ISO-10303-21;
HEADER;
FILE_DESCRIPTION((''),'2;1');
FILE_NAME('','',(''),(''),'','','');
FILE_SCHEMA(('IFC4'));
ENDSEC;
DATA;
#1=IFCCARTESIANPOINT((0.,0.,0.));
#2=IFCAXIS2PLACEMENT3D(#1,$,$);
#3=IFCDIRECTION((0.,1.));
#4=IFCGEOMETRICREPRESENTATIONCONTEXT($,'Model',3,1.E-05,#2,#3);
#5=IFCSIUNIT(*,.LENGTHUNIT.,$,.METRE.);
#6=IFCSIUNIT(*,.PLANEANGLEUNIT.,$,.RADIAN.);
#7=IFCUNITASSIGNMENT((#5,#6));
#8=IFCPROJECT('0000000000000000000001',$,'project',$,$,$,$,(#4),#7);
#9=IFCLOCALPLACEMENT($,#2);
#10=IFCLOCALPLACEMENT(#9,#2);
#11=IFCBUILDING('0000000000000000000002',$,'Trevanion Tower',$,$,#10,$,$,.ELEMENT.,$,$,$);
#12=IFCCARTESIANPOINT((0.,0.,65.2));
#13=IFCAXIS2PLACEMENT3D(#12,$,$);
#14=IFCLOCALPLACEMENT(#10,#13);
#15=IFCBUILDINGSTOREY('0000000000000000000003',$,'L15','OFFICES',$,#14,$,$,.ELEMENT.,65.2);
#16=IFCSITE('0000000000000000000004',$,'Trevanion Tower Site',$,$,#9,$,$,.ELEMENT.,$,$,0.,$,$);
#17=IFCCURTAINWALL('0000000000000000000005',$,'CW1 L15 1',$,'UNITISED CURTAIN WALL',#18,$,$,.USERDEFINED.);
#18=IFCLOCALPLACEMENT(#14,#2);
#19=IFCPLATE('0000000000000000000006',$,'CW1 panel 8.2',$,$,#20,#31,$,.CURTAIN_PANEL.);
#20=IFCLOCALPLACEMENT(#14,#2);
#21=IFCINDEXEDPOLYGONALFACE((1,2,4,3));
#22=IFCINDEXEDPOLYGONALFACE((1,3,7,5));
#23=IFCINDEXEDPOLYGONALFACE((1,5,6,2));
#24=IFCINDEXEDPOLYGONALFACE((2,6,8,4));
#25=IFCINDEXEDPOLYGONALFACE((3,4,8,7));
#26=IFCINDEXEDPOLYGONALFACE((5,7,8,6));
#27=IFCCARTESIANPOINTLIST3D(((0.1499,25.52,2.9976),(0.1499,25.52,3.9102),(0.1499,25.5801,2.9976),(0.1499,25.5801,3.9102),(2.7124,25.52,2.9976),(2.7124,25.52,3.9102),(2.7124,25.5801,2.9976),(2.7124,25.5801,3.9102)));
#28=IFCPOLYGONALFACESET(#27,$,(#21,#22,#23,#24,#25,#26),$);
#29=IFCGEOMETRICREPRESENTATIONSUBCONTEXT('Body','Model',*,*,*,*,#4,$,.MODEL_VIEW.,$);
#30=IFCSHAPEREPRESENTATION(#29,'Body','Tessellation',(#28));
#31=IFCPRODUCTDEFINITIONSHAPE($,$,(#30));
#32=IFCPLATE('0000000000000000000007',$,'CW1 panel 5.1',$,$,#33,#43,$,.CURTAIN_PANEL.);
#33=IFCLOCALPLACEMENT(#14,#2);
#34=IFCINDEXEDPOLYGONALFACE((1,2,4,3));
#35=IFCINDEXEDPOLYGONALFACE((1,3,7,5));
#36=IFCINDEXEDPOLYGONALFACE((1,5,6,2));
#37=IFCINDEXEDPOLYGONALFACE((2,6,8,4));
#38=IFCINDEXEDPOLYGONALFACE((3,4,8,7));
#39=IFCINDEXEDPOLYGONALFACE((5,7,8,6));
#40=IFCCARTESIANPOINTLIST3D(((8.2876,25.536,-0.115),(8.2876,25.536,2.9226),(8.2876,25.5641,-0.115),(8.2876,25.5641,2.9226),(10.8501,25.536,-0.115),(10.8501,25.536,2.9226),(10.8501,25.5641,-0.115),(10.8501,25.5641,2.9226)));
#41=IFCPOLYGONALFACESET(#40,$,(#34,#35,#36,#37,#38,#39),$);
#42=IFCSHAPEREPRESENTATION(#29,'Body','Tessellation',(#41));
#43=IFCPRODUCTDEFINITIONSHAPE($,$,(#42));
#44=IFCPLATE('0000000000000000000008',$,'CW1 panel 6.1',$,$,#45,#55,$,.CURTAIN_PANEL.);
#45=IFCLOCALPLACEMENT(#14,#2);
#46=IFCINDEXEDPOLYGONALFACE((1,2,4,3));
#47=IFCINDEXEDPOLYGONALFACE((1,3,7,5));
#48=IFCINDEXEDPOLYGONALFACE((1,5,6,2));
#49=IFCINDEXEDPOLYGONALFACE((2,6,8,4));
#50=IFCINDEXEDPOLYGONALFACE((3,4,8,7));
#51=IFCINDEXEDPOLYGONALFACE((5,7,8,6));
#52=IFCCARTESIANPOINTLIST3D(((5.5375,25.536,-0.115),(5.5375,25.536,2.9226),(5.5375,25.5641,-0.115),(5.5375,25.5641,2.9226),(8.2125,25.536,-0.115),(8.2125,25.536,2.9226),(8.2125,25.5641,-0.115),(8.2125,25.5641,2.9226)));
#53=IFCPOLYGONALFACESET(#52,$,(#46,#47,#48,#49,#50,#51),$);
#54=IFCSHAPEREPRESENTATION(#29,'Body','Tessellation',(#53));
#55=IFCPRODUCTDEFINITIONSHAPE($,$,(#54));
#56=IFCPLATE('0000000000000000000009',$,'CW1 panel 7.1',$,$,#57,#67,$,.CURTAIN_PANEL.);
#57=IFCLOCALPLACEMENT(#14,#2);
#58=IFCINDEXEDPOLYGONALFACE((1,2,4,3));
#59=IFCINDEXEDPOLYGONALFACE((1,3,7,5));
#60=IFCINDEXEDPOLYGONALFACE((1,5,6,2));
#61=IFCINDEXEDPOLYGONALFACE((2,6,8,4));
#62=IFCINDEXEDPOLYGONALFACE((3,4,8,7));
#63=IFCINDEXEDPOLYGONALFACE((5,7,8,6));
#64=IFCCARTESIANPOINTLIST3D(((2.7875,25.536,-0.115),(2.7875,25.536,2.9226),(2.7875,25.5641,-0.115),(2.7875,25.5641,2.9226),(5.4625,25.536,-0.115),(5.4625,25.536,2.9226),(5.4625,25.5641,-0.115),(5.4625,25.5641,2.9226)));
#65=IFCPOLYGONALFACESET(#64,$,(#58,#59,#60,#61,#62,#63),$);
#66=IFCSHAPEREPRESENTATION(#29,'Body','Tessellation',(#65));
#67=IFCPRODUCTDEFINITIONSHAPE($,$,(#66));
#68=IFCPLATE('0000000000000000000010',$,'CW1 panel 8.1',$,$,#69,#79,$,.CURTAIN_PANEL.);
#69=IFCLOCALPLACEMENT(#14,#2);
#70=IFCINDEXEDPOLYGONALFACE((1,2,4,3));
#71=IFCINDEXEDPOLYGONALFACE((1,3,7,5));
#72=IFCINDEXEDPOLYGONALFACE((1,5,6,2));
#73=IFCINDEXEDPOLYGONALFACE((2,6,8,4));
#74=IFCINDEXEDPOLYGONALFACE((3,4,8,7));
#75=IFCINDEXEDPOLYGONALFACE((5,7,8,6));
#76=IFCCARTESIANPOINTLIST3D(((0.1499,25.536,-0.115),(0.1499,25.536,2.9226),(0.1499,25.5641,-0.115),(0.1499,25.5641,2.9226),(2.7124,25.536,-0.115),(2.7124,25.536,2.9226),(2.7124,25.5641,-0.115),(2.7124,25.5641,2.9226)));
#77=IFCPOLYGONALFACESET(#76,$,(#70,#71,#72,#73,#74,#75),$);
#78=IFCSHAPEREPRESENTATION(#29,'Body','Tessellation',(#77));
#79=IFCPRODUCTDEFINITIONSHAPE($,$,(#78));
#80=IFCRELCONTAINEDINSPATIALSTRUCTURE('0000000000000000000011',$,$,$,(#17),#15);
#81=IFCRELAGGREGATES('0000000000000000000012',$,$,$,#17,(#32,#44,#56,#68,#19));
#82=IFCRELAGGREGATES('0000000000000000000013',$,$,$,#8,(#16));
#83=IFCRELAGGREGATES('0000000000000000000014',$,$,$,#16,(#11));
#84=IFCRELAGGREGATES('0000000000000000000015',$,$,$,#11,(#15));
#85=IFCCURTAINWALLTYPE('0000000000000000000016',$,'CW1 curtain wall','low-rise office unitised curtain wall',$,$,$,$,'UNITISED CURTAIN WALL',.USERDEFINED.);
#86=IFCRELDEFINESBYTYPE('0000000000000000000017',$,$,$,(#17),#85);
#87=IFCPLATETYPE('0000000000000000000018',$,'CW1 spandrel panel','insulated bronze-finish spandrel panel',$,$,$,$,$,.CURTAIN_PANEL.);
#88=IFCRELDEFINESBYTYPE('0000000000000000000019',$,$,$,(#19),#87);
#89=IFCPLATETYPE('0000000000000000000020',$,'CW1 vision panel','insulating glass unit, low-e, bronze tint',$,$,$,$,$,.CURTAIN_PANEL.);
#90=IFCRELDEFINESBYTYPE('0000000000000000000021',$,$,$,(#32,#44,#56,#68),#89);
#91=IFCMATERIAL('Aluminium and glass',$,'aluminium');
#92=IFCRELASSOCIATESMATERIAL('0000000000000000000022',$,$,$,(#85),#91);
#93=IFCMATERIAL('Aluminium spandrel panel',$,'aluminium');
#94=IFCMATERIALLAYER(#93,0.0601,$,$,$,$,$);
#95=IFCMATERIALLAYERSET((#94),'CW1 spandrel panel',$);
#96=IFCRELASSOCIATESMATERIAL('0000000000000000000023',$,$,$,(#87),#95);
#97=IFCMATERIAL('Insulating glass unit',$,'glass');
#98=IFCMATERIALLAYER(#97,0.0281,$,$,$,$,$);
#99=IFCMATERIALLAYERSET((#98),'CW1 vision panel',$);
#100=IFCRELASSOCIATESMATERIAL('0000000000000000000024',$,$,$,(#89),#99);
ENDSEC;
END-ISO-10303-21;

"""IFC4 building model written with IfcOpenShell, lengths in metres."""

from ifc_helpers import new_model, si_unit, direction, frame, origin, origin_2d, place, context, subcontext, project, spatial, rectangle, extrude, material, layer, layer_set, type_object, element, aggregate, save


model = new_model("IFC4")

# Units and contexts
model_context = context("Model", 3, precision=1e-05, world=origin(), true_north=direction((0.0, 1.0)))
body_context = subcontext(model_context, "Body", "Model", "MODEL_VIEW")
ifc_project = project(units=[si_unit("LENGTHUNIT", "METRE"), si_unit("PLANEANGLEUNIT", "RADIAN")], contexts=[model_context])

# Site, building, storey
site_placement = place(None, origin())
site = spatial("IfcSite", under=ifc_project, at=site_placement, Name="Trevanion Tower Site", CompositionType="ELEMENT", RefElevation=0.0)
building_placement = place(site_placement, origin())
building = spatial("IfcBuilding", under=site, at=building_placement, Name="Trevanion Tower", CompositionType="ELEMENT")
storey_placement = place(building_placement, frame((0.0, 0.0, 65.2)))
storey = spatial("IfcBuildingStorey", under=building, at=storey_placement, Name="L15", Description="OFFICES", CompositionType="ELEMENT", Elevation=65.2)

# Curtain wall, plates
ifc_material_1 = material(Name="Aluminium and glass", Category="aluminium")
curtain_wall_type = type_object("IfcCurtainWallType", Name="CW1 curtain wall", Description="low-rise office unitised curtain wall", ElementType="UNITISED CURTAIN WALL", PredefinedType="USERDEFINED", material=ifc_material_1)
curtain_wall_placement = place(storey_placement, origin())
curtain_wall = element("IfcCurtainWall", 1, at=curtain_wall_placement, inside=storey, type_object=curtain_wall_type, Name="CW1 L15 1", ObjectType="UNITISED CURTAIN WALL", PredefinedType="USERDEFINED")
ifc_material_2 = material(Name="Aluminium spandrel panel", Category="aluminium")
ifc_layer_1 = layer(ifc_material_2, 0.0601)
ifc_layer_set_1 = layer_set([ifc_layer_1], Name="CW1 spandrel panel")
plate_type_1 = type_object("IfcPlateType", Name="CW1 spandrel panel", Description="insulated bronze-finish spandrel panel", PredefinedType="CURTAIN_PANEL", material=ifc_layer_set_1)
plate_1_placement = place(storey_placement, frame((1.4312, 25.55, 2.9976), z_axis=(0.0, 0.0, 1.0), x_axis=(-1.0, 0.0, 0.0)))
plate_1 = element("IfcPlate", 2, at=plate_1_placement, type_object=plate_type_1, Name="CW1 panel 8.2", PredefinedType="CURTAIN_PANEL", context=body_context, shape_type="SweptSolid", body=[
    extrude(rectangle(XDim=2.5625, YDim=0.0601, at=origin_2d()), origin(), (0.0, 0.0, 1.0), 0.9126),
])
ifc_material_3 = material(Name="Insulating glass unit", Category="glass")
ifc_layer_2 = layer(ifc_material_3, 0.0281)
ifc_layer_set_2 = layer_set([ifc_layer_2], Name="CW1 vision panel")
plate_type_2 = type_object("IfcPlateType", Name="CW1 vision panel", Description="insulating glass unit, low-e, bronze tint", PredefinedType="CURTAIN_PANEL", material=ifc_layer_set_2)
plate_2_placement = place(storey_placement, frame((9.5688, 25.55, -0.115), z_axis=(0.0, 0.0, 1.0), x_axis=(-1.0, 0.0, 0.0)))
plate_2 = element("IfcPlate", 3, at=plate_2_placement, type_object=plate_type_2, Name="CW1 panel 5.1", PredefinedType="CURTAIN_PANEL", context=body_context, shape_type="SweptSolid", body=[
    extrude(rectangle(XDim=2.5625, YDim=0.0281, at=origin_2d()), origin(), (0.0, 0.0, 1.0), 3.0376),
])
plate_3_placement = place(storey_placement, frame((6.875, 25.55, -0.115), z_axis=(0.0, 0.0, 1.0), x_axis=(-1.0, 0.0, 0.0)))
plate_3 = element("IfcPlate", 4, at=plate_3_placement, type_object=plate_type_2, Name="CW1 panel 6.1", PredefinedType="CURTAIN_PANEL", context=body_context, shape_type="SweptSolid", body=[
    extrude(rectangle(XDim=2.675, YDim=0.0281, at=origin_2d()), origin(), (0.0, 0.0, 1.0), 3.0376),
])
plate_4_placement = place(storey_placement, frame((4.125, 25.55, -0.115), z_axis=(0.0, 0.0, 1.0), x_axis=(-1.0, 0.0, 0.0)))
plate_4 = element("IfcPlate", 5, at=plate_4_placement, type_object=plate_type_2, Name="CW1 panel 7.1", PredefinedType="CURTAIN_PANEL", context=body_context, shape_type="SweptSolid", body=[
    extrude(rectangle(XDim=2.675, YDim=0.0281, at=origin_2d()), origin(), (0.0, 0.0, 1.0), 3.0376),
])
plate_5_placement = place(storey_placement, frame((1.4312, 25.55, -0.115), z_axis=(0.0, 0.0, 1.0), x_axis=(-1.0, 0.0, 0.0)))
plate_5 = element("IfcPlate", 6, at=plate_5_placement, type_object=plate_type_2, Name="CW1 panel 8.1", PredefinedType="CURTAIN_PANEL", context=body_context, shape_type="SweptSolid", body=[
    extrude(rectangle(XDim=2.5625, YDim=0.0281, at=origin_2d()), origin(), (0.0, 0.0, 1.0), 3.0376),
])
aggregate(curtain_wall, [plate_2, plate_3, plate_4, plate_5, plate_1])

save(model, "model.ifc")
